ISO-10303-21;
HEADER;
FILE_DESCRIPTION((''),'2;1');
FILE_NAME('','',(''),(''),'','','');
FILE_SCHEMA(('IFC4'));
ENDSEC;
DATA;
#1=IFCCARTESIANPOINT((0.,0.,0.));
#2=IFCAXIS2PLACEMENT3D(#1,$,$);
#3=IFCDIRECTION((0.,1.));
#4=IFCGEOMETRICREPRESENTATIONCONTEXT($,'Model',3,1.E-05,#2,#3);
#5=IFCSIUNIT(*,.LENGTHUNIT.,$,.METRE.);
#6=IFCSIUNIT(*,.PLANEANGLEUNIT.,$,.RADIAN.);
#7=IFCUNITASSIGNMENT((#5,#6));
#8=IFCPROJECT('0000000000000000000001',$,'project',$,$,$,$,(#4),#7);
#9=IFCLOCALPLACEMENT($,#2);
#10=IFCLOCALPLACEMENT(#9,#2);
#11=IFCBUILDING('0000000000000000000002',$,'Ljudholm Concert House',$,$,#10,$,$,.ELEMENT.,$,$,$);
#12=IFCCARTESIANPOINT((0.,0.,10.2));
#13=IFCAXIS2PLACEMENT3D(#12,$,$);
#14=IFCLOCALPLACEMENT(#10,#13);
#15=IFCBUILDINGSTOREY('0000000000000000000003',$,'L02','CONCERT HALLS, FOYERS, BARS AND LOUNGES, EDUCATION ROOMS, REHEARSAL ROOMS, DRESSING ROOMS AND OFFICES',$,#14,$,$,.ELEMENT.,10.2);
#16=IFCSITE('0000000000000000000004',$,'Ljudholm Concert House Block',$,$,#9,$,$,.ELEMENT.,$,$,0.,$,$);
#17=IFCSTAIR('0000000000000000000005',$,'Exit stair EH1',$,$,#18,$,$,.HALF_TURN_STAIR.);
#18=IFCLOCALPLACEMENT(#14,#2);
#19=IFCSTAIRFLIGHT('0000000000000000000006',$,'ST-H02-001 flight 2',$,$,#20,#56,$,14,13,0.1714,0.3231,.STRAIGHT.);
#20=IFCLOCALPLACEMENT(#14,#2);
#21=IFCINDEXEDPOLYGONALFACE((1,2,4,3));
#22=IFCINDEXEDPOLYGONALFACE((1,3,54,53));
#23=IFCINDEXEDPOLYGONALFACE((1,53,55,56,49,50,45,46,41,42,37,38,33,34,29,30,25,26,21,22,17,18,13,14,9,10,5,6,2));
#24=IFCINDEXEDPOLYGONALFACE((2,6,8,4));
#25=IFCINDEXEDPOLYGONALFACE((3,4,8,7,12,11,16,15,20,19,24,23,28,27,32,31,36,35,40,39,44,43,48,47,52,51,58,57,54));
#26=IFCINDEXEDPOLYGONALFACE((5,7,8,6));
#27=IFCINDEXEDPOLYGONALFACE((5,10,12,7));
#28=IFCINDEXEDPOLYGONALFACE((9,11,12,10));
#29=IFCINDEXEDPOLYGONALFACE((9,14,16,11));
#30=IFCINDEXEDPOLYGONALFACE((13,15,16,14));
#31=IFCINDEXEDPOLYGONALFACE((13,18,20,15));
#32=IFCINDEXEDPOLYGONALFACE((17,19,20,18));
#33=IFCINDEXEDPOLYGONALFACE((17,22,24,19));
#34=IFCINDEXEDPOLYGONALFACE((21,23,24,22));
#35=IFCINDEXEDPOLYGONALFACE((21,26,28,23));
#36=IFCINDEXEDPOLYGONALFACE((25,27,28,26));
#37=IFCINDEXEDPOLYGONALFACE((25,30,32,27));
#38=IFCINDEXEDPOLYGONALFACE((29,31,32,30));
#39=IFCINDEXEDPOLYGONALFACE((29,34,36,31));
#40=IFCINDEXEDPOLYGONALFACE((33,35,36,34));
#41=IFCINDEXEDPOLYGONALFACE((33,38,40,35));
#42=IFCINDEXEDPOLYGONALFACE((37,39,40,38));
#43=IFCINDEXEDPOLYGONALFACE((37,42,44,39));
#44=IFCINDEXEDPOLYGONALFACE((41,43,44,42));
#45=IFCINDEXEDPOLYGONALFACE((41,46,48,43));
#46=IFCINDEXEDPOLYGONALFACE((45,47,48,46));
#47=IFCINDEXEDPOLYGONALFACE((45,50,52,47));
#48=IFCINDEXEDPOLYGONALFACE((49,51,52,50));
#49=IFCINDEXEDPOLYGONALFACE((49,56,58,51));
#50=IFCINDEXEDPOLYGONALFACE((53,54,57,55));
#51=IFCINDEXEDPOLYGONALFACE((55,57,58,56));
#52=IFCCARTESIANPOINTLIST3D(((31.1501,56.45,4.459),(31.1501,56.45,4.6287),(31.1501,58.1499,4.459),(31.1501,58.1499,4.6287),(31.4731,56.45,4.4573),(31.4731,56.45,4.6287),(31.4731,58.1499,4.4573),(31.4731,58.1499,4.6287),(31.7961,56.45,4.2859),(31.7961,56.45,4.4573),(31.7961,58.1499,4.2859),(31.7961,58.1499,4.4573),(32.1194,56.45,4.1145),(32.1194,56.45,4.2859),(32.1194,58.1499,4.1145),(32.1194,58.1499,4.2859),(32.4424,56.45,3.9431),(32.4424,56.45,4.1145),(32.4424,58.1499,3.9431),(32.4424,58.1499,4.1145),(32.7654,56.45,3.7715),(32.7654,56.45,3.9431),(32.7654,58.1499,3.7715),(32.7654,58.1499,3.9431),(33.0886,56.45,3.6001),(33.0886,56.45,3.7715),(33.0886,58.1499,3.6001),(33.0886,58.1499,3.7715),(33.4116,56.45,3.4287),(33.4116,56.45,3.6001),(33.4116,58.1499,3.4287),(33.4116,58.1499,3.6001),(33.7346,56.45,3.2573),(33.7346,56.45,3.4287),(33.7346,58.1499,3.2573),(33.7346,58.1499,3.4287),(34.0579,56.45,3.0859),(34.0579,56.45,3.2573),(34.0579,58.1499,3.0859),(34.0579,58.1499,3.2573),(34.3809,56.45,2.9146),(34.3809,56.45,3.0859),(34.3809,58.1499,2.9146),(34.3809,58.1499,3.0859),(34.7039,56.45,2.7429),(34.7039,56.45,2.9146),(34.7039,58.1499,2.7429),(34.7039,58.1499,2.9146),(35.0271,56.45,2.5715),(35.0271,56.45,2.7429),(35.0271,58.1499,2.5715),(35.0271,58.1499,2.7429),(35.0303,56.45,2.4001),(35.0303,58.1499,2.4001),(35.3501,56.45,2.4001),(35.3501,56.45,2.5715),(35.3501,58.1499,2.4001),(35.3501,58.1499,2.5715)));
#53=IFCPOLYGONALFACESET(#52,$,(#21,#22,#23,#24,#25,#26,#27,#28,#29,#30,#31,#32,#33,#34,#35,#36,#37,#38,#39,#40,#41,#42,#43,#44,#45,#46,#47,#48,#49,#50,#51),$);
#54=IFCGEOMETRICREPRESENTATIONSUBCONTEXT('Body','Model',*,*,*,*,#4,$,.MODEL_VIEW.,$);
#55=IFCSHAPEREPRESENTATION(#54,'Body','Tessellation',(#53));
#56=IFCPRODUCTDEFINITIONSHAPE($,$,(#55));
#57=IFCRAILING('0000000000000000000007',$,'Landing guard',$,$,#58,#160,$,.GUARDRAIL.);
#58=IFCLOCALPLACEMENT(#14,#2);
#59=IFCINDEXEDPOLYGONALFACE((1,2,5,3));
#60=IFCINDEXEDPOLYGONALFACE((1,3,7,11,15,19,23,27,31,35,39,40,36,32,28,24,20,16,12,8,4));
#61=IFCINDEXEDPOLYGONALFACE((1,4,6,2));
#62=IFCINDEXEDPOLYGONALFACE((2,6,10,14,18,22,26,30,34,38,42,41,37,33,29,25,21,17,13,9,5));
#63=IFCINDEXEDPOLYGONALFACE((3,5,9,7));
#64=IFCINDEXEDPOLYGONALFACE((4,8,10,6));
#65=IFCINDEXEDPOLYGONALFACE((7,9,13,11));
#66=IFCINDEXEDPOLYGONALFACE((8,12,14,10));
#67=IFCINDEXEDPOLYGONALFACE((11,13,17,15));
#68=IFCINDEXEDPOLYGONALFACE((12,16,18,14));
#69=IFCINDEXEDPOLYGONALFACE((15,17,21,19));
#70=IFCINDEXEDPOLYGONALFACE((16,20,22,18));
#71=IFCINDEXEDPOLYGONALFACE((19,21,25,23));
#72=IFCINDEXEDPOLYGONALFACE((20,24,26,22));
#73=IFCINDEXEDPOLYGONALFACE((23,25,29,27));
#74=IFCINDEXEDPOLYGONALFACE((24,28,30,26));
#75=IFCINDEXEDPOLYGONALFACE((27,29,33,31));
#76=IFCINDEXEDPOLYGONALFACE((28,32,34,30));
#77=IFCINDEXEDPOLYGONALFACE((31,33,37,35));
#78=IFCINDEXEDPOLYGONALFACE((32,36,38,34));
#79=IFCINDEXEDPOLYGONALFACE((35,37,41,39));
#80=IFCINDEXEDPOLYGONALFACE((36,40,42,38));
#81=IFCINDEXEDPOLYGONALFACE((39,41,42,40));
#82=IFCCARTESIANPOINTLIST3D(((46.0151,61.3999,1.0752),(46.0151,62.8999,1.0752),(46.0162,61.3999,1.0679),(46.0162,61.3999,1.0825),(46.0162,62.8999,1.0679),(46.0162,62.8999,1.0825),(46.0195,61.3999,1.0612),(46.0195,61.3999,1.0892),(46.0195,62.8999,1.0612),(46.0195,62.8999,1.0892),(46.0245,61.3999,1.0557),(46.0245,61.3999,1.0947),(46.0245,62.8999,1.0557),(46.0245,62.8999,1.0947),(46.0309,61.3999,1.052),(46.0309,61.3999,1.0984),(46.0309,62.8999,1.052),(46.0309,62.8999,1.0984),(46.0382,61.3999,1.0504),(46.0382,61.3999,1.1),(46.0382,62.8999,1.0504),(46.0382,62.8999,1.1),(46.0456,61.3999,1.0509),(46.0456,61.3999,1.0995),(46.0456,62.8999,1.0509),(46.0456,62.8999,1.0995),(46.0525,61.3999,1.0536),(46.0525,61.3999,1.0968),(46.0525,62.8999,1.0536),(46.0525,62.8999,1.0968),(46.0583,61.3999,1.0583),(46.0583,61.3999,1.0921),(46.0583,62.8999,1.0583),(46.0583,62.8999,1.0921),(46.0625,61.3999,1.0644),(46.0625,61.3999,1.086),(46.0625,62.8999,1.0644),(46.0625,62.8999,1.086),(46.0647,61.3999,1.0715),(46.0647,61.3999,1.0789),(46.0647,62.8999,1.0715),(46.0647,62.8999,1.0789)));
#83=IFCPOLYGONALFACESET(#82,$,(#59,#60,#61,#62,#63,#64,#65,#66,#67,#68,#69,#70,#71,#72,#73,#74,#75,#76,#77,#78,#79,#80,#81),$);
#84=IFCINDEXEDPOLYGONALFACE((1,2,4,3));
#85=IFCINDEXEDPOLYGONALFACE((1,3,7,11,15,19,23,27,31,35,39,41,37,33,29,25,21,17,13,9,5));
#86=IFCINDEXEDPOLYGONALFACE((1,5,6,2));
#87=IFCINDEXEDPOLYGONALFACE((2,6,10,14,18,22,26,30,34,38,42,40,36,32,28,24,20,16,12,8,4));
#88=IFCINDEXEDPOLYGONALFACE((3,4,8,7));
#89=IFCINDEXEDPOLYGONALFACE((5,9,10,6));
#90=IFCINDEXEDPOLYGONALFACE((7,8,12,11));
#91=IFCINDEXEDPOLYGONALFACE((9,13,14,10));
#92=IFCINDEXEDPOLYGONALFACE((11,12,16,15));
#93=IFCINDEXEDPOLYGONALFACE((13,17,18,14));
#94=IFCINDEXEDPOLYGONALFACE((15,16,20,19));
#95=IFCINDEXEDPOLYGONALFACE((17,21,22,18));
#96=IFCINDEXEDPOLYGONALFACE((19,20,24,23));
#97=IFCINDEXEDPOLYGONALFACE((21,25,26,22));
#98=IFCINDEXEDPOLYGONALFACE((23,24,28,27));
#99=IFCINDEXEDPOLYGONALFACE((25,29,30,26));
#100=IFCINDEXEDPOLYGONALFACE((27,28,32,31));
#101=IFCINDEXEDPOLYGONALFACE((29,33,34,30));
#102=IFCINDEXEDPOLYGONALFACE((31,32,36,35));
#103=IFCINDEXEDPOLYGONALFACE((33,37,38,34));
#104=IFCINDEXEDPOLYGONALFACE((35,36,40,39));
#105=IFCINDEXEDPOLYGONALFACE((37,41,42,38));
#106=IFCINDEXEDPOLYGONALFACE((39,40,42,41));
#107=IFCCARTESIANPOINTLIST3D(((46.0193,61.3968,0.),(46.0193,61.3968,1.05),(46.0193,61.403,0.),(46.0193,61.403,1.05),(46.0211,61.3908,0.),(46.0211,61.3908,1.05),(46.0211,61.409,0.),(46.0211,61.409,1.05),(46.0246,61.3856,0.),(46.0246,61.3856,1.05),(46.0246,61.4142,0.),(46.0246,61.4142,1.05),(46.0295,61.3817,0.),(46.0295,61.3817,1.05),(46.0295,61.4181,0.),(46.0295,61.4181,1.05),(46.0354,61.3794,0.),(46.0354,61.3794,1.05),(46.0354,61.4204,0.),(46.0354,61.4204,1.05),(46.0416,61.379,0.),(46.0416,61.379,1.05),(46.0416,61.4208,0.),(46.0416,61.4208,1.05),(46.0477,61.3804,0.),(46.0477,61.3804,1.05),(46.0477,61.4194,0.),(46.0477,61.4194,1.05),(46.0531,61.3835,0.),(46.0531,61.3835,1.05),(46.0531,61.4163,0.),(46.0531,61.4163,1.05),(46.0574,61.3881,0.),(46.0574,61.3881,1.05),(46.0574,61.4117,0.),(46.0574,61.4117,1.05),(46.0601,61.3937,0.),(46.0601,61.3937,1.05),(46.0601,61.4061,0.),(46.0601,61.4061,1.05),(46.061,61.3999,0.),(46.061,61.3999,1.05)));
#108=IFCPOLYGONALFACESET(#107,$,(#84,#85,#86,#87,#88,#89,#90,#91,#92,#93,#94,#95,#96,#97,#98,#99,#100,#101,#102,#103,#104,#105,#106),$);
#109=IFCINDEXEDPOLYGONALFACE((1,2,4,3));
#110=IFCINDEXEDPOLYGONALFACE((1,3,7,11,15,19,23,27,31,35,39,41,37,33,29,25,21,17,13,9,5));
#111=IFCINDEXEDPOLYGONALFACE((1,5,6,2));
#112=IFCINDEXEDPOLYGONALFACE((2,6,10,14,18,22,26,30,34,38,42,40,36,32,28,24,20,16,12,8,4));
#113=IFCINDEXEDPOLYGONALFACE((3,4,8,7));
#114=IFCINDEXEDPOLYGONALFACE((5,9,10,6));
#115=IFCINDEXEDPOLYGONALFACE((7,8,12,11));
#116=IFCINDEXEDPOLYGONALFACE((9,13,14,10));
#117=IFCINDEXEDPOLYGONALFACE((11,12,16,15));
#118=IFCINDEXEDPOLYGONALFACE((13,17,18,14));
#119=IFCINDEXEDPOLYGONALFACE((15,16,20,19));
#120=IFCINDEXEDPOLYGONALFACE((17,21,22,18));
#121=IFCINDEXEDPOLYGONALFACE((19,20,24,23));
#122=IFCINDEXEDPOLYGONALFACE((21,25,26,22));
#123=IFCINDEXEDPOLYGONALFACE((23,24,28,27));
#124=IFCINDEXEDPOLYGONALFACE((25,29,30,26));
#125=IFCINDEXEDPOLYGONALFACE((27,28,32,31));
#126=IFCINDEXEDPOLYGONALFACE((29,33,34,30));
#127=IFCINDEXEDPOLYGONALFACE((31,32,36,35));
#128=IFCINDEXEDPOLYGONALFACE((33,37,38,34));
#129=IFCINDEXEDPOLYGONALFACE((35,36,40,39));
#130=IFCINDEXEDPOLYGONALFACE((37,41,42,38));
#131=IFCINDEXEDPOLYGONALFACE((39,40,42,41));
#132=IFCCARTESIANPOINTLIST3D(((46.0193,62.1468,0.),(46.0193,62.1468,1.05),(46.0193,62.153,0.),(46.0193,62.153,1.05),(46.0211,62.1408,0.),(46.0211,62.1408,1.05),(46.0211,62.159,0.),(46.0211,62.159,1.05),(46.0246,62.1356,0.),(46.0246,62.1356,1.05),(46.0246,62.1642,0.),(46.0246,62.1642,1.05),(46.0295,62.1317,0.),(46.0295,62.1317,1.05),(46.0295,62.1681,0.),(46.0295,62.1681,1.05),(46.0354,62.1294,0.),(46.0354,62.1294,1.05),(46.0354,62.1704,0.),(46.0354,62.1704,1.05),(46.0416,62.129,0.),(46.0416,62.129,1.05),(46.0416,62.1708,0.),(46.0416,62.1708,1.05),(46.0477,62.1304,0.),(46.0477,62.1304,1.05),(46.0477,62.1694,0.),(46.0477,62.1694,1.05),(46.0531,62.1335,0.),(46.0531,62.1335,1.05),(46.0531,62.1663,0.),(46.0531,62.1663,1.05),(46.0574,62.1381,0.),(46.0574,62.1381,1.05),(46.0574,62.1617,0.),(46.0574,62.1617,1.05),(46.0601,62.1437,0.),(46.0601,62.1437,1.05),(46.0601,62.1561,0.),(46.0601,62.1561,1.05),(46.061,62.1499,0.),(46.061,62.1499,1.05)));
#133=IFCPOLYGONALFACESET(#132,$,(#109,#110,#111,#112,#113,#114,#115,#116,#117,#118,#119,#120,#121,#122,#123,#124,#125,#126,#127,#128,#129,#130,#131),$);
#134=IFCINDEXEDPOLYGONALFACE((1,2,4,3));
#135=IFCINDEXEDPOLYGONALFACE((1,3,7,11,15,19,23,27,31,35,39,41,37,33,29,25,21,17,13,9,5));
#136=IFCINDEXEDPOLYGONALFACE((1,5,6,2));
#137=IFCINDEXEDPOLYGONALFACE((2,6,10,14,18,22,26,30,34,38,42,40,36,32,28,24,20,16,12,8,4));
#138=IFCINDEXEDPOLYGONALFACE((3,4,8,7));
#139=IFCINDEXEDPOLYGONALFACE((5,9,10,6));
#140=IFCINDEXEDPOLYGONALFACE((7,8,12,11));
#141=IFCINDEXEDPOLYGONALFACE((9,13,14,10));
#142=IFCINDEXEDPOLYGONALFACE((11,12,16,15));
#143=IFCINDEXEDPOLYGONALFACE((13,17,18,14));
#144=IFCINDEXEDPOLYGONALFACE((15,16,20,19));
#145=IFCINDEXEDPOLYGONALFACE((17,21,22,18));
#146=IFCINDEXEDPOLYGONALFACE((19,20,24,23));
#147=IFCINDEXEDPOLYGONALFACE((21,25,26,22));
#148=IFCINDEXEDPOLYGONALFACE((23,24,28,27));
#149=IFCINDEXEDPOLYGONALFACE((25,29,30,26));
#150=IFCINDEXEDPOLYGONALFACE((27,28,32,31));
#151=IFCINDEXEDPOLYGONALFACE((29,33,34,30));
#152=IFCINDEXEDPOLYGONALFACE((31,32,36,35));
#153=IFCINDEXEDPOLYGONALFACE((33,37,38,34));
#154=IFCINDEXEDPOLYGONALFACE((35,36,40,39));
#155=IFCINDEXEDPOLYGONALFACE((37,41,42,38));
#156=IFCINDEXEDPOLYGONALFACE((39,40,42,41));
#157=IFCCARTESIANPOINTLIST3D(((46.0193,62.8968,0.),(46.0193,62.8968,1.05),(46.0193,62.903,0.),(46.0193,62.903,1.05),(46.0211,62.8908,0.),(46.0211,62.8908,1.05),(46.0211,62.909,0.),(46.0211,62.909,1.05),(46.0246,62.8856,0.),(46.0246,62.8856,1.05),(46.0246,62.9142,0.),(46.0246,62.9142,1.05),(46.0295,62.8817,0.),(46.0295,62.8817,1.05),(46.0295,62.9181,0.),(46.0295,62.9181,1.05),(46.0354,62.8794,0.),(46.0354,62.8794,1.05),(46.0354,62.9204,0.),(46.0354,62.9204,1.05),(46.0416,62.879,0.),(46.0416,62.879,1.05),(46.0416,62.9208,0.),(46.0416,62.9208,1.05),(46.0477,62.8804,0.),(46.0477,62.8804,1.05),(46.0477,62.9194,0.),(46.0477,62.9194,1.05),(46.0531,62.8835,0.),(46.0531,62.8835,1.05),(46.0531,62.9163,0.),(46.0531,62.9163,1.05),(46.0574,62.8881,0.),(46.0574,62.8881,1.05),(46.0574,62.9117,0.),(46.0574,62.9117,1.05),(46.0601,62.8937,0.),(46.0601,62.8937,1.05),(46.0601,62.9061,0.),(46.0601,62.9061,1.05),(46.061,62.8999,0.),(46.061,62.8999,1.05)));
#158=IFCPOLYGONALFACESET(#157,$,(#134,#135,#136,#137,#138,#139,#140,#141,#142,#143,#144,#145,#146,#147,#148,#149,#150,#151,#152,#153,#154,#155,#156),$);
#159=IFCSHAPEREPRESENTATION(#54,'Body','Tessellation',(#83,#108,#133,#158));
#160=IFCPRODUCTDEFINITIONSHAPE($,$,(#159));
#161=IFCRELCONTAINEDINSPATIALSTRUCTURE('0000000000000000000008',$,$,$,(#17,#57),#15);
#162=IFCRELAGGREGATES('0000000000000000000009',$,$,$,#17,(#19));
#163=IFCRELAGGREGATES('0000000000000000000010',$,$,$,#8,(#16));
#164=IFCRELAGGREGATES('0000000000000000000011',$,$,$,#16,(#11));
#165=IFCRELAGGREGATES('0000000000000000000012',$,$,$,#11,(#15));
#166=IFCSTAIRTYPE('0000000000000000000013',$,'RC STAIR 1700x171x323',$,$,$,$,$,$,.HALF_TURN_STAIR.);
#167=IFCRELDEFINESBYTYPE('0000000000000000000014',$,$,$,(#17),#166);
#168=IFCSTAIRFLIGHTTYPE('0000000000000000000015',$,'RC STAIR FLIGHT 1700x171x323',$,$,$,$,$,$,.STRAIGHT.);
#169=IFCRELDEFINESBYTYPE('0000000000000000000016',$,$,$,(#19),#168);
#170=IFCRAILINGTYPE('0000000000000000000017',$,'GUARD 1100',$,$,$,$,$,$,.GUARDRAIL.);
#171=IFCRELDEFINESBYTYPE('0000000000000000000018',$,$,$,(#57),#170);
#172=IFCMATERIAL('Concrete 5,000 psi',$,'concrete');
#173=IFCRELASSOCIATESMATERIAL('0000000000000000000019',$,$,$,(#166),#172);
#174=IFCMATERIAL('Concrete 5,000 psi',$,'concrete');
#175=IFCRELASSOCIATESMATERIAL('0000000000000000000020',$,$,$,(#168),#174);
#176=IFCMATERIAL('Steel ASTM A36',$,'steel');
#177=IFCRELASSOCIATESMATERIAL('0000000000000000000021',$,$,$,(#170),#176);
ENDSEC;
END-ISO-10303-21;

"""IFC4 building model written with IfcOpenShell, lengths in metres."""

from ifc_helpers import new_model, si_unit, direction, frame, origin, origin_2d, place, context, subcontext, project, spatial, polyline, circle, outline, extrude, material, type_object, element, aggregate, save


model = new_model("IFC4")

# Units and contexts
model_context = context("Model", 3, precision=1e-05, world=origin(), true_north=direction((0.0, 1.0)))
body_context = subcontext(model_context, "Body", "Model", "MODEL_VIEW")
ifc_project = project(units=[si_unit("LENGTHUNIT", "METRE"), si_unit("PLANEANGLEUNIT", "RADIAN")], contexts=[model_context])

# Site, building, storey
site_placement = place(None, origin())
site = spatial("IfcSite", under=ifc_project, at=site_placement, Name="Ljudholm Concert House Block", CompositionType="ELEMENT", RefElevation=0.0)
building_placement = place(site_placement, origin())
building = spatial("IfcBuilding", under=site, at=building_placement, Name="Ljudholm Concert House", CompositionType="ELEMENT")
storey_placement = place(building_placement, frame((0.0, 0.0, 10.2)))
storey = spatial("IfcBuildingStorey", under=building, at=storey_placement, Name="L02", Description="CONCERT HALLS, FOYERS, BARS AND LOUNGES, EDUCATION ROOMS, REHEARSAL ROOMS, DRESSING ROOMS AND OFFICES", CompositionType="ELEMENT", Elevation=10.2)

# Stair, stair flight
ifc_material_1 = material(Name="Concrete 5,000 psi", Category="concrete")
stair_type = type_object("IfcStairType", Name="RC STAIR 1700x171x323", PredefinedType="HALF_TURN_STAIR", material=ifc_material_1)
stair_placement = place(storey_placement, origin())
stair = element("IfcStair", 1, at=stair_placement, inside=storey, type_object=stair_type, Name="Exit stair EH1", PredefinedType="HALF_TURN_STAIR")
ifc_material_2 = material(Name="Concrete 5,000 psi", Category="concrete")
stair_flight_type = type_object("IfcStairFlightType", Name="RC STAIR FLIGHT 1700x171x323", PredefinedType="STRAIGHT", material=ifc_material_2)
stair_flight_placement = place(storey_placement, frame((35.3501, 57.3, 2.4001), z_axis=(0.0, 0.0, 1.0), x_axis=(-1.0, 0.0, 0.0)))
stair_flight = element("IfcStairFlight", 2, at=stair_flight_placement, type_object=stair_flight_type, Name="ST-H02-001 flight 2", NumberOfRisers=14, NumberOfTreads=13, PredefinedType="STRAIGHT", RiserHeight=0.1714, TreadLength=0.3231, context=body_context, shape_type="SweptSolid", body=[
    extrude(outline(polyline([(0.0, 0.0), (0.0, 0.1714), (0.323, 0.1714), (0.323, 0.3428), (0.6462, 0.3428), (0.6462, 0.5144), (0.9692, 0.5144), (0.9692, 0.6858), (1.2922, 0.6858), (1.2922, 0.8572), (1.6155, 0.8572), (1.6155, 1.0286), (1.9385, 1.0286), (1.9385, 1.2), (2.2615, 1.2), (2.2615, 1.3713), (2.5847, 1.3713), (2.5847, 1.543), (2.9077, 1.543), (2.9077, 1.7144), (3.2307, 1.7144), (3.2307, 1.8857), (3.554, 1.8857), (3.554, 2.0571), (3.877, 2.0571), (3.877, 2.2285), (4.2, 2.2285), (4.2, 2.3999), (4.2, 2.0588), (0.3198, 0.0), (0.0, 0.0)])), frame((0.0, 0.8501, 0.0), z_axis=(0.0, -1.0, 0.0), x_axis=(1.0, 0.0, 0.0)), (0.0, 0.0, 1.0), 1.7),
])
aggregate(stair, [stair_flight])

# Railing
ifc_material_3 = material(Name="Steel ASTM A36", Category="steel")
railing_type_1 = type_object("IfcRailingType", Name="GUARD 1100", PredefinedType="GUARDRAIL", material=ifc_material_3)
railing_1_placement = place(storey_placement, frame((46.04, 61.3999, 0.0)))
element("IfcRailing", 3, at=railing_1_placement, inside=storey, type_object=railing_type_1, Name="Landing guard", PredefinedType="GUARDRAIL", context=body_context, shape_type="SweptSolid", body=[
    extrude(circle(Radius=0.0249, at=origin_2d()), frame((0.0, 0.0, 1.0752), z_axis=(0.0, 1.0, 0.0), x_axis=(-1.0, 0.0, 0.0)), (0.0, 0.0, 1.0), 1.5),
    extrude(circle(Radius=0.021, at=origin_2d()), origin(), (0.0, 0.0, 1.0), 1.05),
    extrude(circle(Radius=0.021, at=origin_2d()), frame((0.0, 0.75, 0.0)), (0.0, 0.0, 1.0), 1.05),
    extrude(circle(Radius=0.021, at=origin_2d()), frame((0.0, 1.5, 0.0)), (0.0, 0.0, 1.0), 1.05),
])

save(model, "model.ifc")
